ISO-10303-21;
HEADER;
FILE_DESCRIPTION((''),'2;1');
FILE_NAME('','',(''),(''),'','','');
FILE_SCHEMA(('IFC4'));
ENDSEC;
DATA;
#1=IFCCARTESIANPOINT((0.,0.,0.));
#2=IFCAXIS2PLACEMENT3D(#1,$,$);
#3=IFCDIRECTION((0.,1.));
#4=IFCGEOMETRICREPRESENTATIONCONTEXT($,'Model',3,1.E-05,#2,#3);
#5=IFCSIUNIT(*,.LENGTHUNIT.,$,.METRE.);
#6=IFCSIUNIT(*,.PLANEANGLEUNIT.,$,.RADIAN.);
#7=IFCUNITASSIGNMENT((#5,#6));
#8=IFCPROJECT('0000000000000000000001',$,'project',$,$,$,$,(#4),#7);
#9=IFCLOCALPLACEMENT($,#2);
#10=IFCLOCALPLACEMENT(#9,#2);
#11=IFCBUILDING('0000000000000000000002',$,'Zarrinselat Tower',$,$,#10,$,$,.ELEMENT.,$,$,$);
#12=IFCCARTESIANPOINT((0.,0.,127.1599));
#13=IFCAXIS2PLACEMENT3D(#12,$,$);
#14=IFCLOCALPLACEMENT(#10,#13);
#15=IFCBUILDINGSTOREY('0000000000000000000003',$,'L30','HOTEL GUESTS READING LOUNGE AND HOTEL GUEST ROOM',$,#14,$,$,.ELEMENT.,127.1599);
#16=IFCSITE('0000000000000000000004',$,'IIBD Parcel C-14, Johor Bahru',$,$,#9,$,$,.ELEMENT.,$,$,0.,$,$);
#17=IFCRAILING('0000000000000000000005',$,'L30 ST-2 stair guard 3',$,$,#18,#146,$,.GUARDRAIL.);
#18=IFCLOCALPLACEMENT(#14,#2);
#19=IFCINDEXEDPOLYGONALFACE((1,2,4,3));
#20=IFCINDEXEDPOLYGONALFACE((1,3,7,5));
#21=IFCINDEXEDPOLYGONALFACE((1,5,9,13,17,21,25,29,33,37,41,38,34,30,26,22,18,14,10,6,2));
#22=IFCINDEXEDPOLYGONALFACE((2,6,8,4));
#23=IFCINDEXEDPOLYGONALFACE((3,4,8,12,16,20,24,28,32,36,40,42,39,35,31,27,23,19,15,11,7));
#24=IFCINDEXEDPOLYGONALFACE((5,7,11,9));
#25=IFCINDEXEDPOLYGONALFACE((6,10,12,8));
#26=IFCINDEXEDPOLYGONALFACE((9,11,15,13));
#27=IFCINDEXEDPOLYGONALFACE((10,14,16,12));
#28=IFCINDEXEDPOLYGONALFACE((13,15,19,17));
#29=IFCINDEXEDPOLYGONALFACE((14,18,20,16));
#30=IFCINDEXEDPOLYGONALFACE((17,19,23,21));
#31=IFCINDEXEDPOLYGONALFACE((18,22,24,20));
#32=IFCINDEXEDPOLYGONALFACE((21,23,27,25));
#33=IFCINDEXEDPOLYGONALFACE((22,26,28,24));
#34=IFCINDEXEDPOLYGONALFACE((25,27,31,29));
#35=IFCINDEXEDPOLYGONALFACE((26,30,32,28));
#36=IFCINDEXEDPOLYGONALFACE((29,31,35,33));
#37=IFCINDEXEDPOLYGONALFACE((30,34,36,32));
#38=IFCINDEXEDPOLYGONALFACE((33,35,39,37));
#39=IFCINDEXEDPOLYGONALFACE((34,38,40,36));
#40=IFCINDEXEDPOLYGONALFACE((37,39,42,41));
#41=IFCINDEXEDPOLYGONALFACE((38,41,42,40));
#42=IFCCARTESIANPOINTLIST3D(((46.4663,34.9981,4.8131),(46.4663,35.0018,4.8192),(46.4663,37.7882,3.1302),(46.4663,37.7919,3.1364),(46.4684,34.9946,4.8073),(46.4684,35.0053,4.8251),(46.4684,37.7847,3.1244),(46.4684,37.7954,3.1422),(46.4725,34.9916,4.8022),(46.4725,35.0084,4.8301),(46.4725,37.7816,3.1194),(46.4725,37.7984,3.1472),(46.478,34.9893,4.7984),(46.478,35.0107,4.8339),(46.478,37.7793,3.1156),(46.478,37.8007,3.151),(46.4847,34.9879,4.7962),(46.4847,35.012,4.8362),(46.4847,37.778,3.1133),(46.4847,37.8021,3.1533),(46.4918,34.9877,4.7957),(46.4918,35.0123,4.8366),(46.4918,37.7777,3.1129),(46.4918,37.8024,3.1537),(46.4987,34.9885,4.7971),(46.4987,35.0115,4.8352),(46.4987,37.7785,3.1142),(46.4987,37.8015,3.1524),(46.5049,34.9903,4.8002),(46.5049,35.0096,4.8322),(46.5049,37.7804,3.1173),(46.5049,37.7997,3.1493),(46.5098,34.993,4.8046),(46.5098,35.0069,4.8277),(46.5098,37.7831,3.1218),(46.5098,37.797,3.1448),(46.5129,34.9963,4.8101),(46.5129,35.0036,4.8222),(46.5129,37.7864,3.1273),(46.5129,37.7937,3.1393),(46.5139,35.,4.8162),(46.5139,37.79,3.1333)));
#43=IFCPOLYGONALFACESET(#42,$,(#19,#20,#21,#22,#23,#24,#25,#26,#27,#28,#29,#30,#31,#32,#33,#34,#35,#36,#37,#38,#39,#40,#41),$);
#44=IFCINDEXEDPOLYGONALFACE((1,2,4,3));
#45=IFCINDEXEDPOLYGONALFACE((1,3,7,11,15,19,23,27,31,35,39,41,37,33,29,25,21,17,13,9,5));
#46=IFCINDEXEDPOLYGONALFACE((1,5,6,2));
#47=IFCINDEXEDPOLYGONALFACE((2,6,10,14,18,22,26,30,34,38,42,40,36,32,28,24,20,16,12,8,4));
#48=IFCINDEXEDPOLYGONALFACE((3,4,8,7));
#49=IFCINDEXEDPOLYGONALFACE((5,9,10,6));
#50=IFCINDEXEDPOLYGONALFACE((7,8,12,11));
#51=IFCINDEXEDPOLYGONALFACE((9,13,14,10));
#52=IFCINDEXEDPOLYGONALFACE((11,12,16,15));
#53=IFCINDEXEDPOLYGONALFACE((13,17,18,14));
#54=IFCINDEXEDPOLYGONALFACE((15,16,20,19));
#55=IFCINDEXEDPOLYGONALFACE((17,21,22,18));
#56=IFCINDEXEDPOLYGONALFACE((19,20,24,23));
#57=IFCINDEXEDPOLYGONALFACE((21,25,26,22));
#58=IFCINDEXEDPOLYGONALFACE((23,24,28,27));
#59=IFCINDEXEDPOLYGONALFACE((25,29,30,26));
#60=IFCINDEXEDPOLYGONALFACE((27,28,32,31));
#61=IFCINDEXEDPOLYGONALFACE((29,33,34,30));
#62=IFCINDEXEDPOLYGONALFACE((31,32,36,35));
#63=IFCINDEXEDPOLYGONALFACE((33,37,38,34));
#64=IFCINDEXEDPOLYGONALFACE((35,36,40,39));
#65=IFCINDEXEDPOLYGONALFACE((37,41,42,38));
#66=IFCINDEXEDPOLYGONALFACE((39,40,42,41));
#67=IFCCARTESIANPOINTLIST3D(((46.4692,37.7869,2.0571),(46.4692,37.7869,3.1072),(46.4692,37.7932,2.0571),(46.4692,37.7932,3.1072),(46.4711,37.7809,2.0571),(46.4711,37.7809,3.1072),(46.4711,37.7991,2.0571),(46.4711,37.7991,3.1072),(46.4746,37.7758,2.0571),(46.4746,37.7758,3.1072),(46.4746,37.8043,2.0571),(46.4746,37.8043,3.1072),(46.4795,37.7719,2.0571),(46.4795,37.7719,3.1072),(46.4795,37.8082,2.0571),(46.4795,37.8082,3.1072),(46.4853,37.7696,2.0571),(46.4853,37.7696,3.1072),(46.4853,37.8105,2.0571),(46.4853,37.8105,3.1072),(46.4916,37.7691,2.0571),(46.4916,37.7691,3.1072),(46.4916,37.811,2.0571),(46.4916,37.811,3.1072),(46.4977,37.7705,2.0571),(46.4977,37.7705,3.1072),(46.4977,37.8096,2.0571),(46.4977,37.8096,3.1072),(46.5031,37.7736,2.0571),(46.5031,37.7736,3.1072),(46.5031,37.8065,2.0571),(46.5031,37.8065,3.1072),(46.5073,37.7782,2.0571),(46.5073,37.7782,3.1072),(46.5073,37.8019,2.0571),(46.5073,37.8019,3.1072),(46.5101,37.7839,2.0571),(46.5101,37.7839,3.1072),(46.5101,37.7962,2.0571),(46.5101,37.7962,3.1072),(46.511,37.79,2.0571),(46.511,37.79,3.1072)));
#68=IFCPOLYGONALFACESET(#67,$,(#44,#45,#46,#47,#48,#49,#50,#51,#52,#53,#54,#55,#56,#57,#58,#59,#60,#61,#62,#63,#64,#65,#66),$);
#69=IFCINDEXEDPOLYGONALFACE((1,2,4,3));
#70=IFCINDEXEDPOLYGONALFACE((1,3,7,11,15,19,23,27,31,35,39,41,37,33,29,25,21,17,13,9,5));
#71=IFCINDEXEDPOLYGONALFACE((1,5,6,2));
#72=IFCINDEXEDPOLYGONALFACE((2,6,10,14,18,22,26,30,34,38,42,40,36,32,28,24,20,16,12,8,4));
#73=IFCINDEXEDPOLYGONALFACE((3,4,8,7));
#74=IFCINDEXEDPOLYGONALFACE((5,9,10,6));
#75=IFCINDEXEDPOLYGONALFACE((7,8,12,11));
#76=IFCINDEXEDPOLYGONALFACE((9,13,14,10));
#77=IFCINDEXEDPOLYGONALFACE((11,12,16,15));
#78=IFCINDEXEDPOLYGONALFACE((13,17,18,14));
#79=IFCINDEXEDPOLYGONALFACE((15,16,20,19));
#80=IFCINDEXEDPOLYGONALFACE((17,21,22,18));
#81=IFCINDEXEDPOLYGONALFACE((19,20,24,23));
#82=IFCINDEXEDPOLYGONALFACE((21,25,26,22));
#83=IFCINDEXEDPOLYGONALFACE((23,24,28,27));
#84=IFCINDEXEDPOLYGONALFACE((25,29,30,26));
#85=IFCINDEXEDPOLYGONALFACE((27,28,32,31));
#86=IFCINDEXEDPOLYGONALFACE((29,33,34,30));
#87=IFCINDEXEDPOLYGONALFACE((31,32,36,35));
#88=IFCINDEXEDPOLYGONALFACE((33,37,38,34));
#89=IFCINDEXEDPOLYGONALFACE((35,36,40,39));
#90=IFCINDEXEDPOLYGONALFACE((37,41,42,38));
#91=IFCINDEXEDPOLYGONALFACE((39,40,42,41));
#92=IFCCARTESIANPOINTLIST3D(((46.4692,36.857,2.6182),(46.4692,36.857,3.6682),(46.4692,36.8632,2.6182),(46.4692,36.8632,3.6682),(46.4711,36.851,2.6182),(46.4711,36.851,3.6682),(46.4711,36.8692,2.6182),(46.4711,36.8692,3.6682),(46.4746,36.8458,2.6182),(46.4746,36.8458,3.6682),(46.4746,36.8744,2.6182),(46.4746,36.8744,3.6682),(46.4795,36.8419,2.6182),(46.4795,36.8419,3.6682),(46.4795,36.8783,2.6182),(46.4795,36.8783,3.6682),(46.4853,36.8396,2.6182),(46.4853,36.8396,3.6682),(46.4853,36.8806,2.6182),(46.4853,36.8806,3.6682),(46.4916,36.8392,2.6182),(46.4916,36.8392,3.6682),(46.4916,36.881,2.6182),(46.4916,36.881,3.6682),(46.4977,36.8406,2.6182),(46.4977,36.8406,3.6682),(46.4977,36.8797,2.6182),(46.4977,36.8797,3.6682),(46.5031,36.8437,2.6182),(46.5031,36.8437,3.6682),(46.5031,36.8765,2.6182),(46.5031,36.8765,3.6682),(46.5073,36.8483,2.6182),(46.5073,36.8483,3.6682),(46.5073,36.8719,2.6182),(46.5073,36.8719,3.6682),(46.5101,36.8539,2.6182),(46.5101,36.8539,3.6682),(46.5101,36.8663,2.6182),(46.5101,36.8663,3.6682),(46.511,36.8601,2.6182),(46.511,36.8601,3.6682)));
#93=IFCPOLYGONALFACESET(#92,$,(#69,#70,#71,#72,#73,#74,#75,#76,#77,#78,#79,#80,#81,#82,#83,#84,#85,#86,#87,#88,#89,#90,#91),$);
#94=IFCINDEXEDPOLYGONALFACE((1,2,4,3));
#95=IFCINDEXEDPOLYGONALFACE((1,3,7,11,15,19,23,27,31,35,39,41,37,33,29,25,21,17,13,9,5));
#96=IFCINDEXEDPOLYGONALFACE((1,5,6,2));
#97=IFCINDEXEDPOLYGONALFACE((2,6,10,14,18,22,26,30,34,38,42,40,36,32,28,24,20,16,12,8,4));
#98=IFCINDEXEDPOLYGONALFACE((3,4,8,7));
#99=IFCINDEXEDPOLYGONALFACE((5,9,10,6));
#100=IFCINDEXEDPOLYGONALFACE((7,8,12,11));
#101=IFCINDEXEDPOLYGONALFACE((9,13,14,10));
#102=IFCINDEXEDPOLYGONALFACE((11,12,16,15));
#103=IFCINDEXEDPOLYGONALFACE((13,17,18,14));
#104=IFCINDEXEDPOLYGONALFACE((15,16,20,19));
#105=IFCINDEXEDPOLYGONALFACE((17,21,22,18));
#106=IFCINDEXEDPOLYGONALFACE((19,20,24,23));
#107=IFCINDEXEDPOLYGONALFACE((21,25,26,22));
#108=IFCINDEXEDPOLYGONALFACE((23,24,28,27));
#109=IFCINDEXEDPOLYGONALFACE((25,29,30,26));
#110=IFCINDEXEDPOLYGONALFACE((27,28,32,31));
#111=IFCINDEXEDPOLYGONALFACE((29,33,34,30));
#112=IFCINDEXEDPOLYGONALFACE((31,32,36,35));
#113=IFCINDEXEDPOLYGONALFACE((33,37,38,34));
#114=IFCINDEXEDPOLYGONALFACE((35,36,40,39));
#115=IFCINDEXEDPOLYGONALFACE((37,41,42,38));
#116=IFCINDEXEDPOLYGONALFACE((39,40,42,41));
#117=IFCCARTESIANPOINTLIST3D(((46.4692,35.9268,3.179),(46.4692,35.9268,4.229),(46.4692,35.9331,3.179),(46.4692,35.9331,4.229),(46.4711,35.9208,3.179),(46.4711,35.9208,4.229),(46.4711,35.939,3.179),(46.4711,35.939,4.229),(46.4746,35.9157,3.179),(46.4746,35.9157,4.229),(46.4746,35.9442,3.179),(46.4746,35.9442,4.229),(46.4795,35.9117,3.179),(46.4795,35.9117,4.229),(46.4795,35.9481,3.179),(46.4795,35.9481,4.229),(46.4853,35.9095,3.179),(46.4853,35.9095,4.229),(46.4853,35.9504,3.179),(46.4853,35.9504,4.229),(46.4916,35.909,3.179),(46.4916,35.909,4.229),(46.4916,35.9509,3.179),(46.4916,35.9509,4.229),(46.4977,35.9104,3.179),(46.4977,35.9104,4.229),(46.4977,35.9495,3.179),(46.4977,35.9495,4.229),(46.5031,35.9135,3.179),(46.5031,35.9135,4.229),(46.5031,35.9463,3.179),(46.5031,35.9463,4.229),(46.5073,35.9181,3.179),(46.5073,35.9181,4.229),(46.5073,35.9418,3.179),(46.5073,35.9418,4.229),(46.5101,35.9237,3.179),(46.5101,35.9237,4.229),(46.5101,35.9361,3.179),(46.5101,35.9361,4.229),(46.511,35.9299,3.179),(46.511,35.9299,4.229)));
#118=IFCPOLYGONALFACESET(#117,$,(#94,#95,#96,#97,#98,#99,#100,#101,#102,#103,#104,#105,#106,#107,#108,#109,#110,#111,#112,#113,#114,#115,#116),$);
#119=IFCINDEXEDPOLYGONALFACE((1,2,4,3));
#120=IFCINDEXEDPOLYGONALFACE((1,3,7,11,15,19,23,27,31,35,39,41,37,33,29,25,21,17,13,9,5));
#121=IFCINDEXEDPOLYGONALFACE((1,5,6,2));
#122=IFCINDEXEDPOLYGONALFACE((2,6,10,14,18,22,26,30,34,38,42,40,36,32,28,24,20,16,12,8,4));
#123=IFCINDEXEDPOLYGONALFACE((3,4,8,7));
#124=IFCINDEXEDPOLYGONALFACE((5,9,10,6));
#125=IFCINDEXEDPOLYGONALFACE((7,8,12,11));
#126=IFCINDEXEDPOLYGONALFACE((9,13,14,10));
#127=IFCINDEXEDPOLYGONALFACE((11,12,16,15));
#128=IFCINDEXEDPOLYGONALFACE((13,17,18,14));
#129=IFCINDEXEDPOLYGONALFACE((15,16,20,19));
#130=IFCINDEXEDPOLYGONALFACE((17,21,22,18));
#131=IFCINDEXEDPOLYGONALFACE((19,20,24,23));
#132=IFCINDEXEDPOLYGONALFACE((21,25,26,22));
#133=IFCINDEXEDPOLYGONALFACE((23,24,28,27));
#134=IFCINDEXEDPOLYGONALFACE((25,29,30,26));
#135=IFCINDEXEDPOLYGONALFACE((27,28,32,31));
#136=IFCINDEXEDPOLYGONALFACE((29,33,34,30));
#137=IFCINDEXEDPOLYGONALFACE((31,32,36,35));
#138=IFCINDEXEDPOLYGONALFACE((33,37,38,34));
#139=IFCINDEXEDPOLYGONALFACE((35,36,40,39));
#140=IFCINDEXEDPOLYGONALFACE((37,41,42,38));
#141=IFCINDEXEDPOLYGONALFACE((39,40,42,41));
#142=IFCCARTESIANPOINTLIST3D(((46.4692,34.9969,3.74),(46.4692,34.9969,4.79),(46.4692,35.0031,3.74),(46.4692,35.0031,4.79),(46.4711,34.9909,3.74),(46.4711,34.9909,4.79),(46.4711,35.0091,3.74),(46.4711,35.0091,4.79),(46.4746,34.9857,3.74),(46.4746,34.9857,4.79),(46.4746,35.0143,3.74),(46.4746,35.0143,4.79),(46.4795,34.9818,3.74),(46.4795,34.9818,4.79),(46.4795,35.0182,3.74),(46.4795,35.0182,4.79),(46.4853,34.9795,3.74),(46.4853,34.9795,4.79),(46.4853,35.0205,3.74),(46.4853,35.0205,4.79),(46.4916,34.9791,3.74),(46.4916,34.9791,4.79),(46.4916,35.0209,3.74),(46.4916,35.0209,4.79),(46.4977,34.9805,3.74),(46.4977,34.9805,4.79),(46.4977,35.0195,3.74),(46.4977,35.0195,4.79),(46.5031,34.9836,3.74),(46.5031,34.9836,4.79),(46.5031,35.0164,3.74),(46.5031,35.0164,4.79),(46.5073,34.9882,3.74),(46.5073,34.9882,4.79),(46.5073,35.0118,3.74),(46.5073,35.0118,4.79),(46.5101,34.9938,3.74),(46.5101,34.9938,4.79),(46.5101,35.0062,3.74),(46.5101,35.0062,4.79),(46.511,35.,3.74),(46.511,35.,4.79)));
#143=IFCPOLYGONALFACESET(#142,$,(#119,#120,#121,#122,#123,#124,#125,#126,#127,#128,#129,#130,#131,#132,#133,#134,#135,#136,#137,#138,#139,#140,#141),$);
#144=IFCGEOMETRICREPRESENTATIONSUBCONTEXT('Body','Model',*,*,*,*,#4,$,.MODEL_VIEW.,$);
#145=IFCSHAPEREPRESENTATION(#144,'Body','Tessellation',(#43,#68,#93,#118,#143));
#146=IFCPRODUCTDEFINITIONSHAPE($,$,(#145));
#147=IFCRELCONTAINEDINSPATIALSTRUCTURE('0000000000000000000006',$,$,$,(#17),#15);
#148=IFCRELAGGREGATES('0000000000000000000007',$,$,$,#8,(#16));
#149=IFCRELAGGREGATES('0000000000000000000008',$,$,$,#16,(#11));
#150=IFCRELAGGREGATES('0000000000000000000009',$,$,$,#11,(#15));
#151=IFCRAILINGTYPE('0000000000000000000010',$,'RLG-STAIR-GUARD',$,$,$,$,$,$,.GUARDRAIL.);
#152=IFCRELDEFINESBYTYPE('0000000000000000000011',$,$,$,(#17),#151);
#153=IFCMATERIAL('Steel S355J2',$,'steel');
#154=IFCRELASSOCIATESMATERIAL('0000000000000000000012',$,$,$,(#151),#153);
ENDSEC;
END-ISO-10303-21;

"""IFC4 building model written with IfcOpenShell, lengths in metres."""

from ifc_helpers import new_model, si_unit, direction, frame, origin, origin_2d, place, context, subcontext, project, spatial, circle, extrude, material, type_object, element, save


model = new_model("IFC4")

# Units and contexts
model_context = context("Model", 3, precision=1e-05, world=origin(), true_north=direction((0.0, 1.0)))
body_context = subcontext(model_context, "Body", "Model", "MODEL_VIEW")
ifc_project = project(units=[si_unit("LENGTHUNIT", "METRE"), si_unit("PLANEANGLEUNIT", "RADIAN")], contexts=[model_context])

# Site, building, storey
site_placement = place(None, origin())
site = spatial("IfcSite", under=ifc_project, at=site_placement, Name="IIBD Parcel C-14, Johor Bahru", CompositionType="ELEMENT", RefElevation=0.0)
building_placement = place(site_placement, origin())
building = spatial("IfcBuilding", under=site, at=building_placement, Name="Zarrinselat Tower", CompositionType="ELEMENT")
storey_placement = place(building_placement, frame((0.0, 0.0, 127.1599)))
storey = spatial("IfcBuildingStorey", under=building, at=storey_placement, Name="L30", Description="HOTEL GUESTS READING LOUNGE AND HOTEL GUEST ROOM", CompositionType="ELEMENT", Elevation=127.1599)

# Railing
ifc_material_1 = material(Name="Steel S355J2", Category="steel")
railing_type_1 = type_object("IfcRailingType", Name="RLG-STAIR-GUARD", PredefinedType="GUARDRAIL", material=ifc_material_1)
railing_1_placement = place(storey_placement, frame((46.49, 37.79, 2.0571)))
element("IfcRailing", 1, at=railing_1_placement, inside=storey, type_object=railing_type_1, Name="L30 ST-2 stair guard 3", PredefinedType="GUARDRAIL", context=body_context, shape_type="SweptSolid", body=[
    extrude(circle(Radius=0.0239, at=origin_2d()), frame((0.0, 0.0, 1.0762), z_axis=(0.0, -0.856294, 0.516489), x_axis=(1.0, 0.0, 0.0)), (0.0, 0.0, 1.0), 3.2583),
    extrude(circle(Radius=0.021, at=origin_2d()), origin(), (0.0, 0.0, 1.0), 1.05),
    extrude(circle(Radius=0.021, at=origin_2d()), frame((0.0, -0.9299, 0.561)), (0.0, 0.0, 1.0), 1.05),
    extrude(circle(Radius=0.021, at=origin_2d()), frame((0.0, -1.8601, 1.1218)), (0.0, 0.0, 1.0), 1.05),
    extrude(circle(Radius=0.021, at=origin_2d()), frame((0.0, -2.79, 1.6829)), (0.0, 0.0, 1.0), 1.05),
])

save(model, "model.ifc")
